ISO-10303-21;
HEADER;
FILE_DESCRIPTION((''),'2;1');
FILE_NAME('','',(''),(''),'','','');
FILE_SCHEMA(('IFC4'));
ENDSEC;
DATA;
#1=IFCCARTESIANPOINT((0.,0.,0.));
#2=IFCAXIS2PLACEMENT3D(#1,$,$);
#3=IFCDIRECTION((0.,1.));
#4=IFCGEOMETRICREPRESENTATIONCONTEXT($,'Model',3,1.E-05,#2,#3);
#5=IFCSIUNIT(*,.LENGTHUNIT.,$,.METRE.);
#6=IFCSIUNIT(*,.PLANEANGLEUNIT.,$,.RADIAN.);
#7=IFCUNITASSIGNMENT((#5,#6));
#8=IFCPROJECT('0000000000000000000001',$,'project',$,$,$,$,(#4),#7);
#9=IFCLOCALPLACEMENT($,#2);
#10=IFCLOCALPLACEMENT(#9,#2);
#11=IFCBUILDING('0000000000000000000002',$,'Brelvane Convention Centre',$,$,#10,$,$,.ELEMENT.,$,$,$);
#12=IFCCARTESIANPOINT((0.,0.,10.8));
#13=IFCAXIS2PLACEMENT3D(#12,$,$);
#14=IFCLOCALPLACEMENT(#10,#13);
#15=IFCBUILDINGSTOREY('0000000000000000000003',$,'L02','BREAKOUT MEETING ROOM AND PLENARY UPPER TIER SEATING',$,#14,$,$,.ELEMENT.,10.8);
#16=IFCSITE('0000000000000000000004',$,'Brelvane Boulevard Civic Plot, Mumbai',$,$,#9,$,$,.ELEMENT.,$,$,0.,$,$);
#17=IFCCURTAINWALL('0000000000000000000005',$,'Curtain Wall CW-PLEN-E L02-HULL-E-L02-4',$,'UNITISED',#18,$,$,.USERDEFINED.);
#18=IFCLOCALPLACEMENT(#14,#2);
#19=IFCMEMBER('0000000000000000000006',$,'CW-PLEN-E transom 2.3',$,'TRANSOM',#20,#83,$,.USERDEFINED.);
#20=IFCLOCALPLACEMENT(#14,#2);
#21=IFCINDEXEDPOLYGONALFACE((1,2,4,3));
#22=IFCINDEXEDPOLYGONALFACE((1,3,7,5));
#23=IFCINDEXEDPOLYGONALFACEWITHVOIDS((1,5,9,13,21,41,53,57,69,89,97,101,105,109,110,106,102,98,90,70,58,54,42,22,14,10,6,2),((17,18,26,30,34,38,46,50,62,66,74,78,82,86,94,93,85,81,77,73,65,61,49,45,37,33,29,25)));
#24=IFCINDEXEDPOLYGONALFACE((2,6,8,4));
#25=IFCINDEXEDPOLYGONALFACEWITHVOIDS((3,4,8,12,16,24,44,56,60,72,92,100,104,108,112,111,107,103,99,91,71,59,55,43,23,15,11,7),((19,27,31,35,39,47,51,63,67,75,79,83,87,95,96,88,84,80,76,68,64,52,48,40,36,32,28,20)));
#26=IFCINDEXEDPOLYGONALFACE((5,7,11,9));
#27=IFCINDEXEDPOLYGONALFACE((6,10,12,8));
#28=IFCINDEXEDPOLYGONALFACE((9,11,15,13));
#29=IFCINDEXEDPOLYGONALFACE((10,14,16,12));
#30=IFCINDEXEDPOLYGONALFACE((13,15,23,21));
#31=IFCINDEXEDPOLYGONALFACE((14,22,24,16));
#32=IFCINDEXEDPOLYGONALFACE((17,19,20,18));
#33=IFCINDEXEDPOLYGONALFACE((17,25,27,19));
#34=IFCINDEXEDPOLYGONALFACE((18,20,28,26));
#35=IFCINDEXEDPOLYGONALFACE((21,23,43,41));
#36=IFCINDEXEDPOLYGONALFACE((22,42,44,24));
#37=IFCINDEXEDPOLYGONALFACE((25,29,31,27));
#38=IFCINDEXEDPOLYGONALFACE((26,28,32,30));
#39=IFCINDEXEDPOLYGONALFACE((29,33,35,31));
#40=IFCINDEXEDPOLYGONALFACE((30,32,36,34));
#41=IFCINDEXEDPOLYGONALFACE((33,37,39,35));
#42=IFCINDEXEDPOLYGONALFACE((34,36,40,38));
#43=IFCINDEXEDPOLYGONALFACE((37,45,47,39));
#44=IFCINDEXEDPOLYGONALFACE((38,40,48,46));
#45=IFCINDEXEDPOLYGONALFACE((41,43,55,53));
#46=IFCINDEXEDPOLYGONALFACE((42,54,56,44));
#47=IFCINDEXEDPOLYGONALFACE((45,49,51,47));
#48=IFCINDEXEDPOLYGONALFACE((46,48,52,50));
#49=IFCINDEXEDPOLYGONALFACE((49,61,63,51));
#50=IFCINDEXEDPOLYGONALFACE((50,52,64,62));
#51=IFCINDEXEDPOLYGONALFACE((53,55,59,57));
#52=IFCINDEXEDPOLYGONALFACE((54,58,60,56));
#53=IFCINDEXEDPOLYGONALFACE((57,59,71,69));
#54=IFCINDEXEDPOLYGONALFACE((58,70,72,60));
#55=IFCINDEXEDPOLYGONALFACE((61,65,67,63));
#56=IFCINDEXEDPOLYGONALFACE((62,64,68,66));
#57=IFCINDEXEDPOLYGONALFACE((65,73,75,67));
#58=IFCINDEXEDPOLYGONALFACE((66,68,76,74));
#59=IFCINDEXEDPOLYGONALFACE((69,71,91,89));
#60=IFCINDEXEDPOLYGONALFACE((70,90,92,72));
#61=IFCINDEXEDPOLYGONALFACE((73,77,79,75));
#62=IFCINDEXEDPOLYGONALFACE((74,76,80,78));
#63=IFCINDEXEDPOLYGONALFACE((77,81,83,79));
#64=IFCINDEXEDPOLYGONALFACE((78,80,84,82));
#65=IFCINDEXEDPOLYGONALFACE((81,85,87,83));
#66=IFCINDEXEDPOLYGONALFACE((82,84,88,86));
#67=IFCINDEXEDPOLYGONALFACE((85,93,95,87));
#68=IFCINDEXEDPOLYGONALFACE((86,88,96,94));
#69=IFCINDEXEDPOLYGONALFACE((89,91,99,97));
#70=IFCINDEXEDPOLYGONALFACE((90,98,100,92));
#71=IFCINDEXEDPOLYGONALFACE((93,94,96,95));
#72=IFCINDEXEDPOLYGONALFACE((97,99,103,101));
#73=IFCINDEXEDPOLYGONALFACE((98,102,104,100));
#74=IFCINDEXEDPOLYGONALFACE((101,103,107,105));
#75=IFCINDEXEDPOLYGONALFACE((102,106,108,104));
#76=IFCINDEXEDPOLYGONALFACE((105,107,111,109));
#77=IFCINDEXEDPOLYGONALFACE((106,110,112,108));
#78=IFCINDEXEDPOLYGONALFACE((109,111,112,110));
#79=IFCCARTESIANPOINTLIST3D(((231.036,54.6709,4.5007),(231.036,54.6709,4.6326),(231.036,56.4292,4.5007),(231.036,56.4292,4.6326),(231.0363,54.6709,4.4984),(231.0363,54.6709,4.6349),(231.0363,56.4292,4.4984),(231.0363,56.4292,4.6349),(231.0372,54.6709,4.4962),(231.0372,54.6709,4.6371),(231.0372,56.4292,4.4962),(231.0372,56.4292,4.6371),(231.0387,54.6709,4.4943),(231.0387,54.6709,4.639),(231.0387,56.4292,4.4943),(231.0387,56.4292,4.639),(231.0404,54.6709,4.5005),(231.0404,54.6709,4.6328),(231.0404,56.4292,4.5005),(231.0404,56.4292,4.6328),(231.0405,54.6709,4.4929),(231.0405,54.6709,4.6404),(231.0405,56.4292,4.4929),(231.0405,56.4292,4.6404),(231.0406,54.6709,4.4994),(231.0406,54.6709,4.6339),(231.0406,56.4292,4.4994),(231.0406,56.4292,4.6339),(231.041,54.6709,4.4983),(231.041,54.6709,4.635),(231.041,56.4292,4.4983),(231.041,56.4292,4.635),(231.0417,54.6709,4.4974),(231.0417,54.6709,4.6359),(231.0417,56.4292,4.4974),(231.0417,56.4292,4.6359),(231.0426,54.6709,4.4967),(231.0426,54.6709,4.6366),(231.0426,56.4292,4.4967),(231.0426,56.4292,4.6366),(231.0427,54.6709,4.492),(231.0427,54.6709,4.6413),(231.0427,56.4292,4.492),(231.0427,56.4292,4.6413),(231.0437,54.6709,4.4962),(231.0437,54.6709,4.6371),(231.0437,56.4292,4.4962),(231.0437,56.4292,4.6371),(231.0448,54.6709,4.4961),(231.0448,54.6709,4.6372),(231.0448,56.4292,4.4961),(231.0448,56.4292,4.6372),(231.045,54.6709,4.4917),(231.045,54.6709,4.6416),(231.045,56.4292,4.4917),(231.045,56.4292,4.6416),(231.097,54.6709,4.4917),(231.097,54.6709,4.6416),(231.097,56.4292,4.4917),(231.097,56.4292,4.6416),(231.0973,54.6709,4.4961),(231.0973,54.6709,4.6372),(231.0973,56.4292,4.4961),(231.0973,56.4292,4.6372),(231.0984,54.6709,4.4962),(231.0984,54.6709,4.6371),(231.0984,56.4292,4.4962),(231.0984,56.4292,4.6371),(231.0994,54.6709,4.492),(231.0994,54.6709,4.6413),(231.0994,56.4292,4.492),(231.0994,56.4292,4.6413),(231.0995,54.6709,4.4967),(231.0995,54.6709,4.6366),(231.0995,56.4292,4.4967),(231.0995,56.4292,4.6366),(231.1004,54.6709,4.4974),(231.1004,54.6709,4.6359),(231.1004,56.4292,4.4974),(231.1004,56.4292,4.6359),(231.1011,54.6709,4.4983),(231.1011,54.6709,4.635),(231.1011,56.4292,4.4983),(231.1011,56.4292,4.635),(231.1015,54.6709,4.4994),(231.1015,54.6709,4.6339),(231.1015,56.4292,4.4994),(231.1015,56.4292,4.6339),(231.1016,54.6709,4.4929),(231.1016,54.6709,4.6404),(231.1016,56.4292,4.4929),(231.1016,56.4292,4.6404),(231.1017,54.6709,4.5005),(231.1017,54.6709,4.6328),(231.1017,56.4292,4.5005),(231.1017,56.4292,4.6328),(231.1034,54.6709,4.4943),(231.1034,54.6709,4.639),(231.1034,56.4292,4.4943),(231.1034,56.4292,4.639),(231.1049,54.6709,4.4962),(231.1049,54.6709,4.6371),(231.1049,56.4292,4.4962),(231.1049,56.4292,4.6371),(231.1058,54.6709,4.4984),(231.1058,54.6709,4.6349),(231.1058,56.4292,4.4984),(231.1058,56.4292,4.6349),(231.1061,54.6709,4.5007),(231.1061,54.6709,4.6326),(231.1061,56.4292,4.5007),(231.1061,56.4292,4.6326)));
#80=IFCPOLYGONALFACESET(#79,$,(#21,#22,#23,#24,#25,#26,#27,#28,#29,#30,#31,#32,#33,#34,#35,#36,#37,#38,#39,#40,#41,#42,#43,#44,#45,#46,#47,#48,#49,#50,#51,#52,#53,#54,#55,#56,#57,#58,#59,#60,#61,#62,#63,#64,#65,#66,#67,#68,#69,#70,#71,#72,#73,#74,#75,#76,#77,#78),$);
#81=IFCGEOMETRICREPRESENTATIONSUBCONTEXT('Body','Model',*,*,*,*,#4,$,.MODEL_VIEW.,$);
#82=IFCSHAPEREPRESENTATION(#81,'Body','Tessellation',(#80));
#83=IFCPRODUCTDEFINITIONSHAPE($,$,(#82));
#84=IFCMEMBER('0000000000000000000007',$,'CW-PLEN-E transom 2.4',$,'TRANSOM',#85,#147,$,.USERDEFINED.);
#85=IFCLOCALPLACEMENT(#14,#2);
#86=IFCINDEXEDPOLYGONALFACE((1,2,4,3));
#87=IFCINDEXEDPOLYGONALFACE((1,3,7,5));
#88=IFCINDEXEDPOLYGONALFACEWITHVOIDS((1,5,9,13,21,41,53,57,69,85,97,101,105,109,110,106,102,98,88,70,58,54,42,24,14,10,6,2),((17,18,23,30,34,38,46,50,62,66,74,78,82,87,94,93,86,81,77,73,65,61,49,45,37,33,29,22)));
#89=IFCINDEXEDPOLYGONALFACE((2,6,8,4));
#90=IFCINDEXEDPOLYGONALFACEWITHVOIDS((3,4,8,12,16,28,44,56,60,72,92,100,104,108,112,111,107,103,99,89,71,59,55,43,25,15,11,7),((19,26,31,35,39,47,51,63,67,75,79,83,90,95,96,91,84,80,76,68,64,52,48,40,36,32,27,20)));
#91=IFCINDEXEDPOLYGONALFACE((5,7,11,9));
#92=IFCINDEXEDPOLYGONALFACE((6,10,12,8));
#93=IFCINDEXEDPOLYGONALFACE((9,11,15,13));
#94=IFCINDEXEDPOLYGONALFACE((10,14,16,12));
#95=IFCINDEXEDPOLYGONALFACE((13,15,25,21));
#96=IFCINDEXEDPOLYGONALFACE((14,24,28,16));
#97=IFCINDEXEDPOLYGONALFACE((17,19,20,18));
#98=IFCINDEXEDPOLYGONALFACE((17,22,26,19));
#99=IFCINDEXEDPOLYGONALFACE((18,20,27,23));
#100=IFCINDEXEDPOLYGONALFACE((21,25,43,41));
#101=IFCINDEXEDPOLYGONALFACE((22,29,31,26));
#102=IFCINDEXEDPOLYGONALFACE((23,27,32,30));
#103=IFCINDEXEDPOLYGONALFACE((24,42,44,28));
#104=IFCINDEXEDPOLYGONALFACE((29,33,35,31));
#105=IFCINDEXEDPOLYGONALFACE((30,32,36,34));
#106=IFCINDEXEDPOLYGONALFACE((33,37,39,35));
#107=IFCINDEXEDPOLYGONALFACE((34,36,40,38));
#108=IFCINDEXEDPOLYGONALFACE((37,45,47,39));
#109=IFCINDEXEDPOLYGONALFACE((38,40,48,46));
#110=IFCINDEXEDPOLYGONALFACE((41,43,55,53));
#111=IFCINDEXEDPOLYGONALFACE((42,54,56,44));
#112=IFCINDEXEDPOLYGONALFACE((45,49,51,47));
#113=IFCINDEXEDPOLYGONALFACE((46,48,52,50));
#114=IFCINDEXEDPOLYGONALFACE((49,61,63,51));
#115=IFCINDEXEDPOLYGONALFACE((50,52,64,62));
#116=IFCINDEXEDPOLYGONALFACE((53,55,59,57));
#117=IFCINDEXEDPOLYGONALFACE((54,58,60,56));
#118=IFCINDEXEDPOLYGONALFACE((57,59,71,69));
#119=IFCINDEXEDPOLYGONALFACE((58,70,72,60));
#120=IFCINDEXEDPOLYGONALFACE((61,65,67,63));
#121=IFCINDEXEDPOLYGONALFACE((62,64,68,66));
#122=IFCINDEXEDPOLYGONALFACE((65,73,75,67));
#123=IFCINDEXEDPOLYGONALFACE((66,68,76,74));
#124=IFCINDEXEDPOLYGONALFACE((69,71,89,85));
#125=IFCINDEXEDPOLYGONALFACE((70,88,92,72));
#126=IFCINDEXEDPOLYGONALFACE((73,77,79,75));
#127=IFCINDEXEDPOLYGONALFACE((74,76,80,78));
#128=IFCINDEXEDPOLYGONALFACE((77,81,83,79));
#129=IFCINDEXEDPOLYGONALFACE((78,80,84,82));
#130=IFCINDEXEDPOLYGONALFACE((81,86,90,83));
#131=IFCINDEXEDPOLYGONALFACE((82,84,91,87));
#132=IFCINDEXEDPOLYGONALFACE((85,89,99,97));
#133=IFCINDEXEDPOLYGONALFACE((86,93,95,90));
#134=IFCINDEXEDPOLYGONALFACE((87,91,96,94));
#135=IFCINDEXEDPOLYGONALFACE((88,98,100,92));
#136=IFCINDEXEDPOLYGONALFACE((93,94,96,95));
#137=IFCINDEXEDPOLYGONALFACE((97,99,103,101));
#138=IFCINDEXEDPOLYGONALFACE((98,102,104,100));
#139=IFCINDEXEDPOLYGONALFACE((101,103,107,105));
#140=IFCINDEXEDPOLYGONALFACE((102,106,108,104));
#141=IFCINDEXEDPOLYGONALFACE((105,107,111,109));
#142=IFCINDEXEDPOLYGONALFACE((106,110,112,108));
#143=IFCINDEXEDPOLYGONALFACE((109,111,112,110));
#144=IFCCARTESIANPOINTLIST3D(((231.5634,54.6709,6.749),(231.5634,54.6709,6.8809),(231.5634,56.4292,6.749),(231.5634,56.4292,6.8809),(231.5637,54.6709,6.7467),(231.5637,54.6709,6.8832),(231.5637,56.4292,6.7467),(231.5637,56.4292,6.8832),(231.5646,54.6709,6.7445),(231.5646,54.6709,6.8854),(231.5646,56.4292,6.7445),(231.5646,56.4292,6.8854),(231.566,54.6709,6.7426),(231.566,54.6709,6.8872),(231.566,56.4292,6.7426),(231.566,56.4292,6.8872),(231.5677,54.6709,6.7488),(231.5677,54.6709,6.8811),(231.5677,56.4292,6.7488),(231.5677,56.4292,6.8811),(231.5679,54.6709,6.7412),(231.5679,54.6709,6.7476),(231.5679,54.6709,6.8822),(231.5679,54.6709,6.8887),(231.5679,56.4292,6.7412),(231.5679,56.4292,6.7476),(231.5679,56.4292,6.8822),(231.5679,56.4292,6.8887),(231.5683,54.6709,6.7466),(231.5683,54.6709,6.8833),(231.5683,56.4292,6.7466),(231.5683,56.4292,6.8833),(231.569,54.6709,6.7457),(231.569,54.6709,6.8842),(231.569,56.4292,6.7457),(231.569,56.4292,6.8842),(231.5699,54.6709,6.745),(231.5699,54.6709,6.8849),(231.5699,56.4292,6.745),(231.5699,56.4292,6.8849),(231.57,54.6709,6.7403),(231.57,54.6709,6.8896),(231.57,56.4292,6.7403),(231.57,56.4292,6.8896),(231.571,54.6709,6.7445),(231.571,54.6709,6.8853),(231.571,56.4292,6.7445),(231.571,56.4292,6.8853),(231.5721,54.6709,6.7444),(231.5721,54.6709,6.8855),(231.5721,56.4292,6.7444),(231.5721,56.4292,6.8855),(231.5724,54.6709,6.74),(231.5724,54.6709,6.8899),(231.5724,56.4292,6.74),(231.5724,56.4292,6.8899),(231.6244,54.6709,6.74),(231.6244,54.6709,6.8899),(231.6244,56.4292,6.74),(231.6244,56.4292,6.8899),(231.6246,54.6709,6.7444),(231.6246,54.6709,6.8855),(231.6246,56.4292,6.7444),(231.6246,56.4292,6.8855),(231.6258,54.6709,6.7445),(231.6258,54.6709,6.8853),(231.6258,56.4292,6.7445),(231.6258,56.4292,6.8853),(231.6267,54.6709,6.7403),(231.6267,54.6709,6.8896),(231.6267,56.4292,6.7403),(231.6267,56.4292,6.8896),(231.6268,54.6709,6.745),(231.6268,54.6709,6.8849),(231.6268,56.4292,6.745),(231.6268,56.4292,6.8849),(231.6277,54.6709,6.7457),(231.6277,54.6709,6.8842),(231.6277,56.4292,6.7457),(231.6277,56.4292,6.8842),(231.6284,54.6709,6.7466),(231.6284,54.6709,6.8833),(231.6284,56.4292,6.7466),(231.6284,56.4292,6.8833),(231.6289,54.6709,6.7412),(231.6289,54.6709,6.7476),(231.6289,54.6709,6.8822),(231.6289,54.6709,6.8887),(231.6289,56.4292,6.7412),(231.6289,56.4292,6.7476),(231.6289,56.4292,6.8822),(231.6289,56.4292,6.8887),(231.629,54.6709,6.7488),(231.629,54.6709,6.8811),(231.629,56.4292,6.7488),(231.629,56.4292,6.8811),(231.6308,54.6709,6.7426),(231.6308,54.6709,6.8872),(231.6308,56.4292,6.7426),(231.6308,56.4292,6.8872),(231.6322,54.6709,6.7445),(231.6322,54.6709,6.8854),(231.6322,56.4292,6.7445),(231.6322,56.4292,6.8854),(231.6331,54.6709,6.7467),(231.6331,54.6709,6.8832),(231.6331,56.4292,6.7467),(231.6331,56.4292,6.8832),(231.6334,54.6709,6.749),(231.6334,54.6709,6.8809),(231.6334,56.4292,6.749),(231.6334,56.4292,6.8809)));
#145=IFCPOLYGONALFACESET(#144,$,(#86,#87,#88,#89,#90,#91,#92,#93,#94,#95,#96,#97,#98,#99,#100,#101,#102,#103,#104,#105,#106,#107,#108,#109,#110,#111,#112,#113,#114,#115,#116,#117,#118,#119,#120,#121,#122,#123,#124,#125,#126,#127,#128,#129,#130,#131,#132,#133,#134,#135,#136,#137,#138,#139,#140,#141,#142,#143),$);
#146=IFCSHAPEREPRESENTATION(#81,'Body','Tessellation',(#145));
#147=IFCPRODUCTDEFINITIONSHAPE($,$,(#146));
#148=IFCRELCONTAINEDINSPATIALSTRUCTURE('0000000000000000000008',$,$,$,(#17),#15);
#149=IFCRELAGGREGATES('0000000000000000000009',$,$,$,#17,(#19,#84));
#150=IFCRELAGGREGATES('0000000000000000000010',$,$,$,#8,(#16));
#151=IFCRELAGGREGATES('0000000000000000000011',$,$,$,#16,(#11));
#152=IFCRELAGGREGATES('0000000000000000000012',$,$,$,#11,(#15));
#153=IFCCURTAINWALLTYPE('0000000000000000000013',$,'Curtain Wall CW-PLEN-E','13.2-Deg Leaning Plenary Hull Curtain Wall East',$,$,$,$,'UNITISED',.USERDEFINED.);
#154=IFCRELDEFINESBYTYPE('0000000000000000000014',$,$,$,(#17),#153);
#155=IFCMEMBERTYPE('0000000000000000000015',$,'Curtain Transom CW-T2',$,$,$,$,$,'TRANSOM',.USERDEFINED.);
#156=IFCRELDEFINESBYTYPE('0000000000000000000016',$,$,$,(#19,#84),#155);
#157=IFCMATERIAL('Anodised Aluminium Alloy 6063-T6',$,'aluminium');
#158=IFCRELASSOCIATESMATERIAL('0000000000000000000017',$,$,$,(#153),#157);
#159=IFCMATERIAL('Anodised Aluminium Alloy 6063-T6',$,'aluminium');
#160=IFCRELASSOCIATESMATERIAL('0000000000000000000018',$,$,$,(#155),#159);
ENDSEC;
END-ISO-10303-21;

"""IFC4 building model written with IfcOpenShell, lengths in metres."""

from ifc_helpers import new_model, si_unit, direction, frame, origin, origin_2d, place, context, subcontext, project, spatial, hollow_rectangle, extrude, material, material_profile, profile_set, type_object, element, aggregate, save


model = new_model("IFC4")

# Units and contexts
model_context = context("Model", 3, precision=1e-05, world=origin(), true_north=direction((0.0, 1.0)))
body_context = subcontext(model_context, "Body", "Model", "MODEL_VIEW")
ifc_project = project(units=[si_unit("LENGTHUNIT", "METRE"), si_unit("PLANEANGLEUNIT", "RADIAN")], contexts=[model_context])

# Site, building, storey
site_placement = place(None, origin())
site = spatial("IfcSite", under=ifc_project, at=site_placement, Name="Brelvane Boulevard Civic Plot, Mumbai", CompositionType="ELEMENT", RefElevation=0.0)
building_placement = place(site_placement, origin())
building = spatial("IfcBuilding", under=site, at=building_placement, Name="Brelvane Convention Centre", CompositionType="ELEMENT")
storey_placement = place(building_placement, frame((0.0, 0.0, 10.8)))
storey = spatial("IfcBuildingStorey", under=building, at=storey_placement, Name="L02", Description="BREAKOUT MEETING ROOM AND PLENARY UPPER TIER SEATING", CompositionType="ELEMENT", Elevation=10.8)

# Curtain wall, members
ifc_material_1 = material(Name="Anodised Aluminium Alloy 6063-T6", Category="aluminium")
curtain_wall_type = type_object("IfcCurtainWallType", Name="Curtain Wall CW-PLEN-E", Description="13.2-Deg Leaning Plenary Hull Curtain Wall East", ElementType="UNITISED", PredefinedType="USERDEFINED", material=ifc_material_1)
curtain_wall_1_placement = place(storey_placement, origin())
curtain_wall_1 = element("IfcCurtainWall", 1, at=curtain_wall_1_placement, inside=storey, type_object=curtain_wall_type, Name="Curtain Wall CW-PLEN-E L02-HULL-E-L02-4", ObjectType="UNITISED", PredefinedType="USERDEFINED")
ifc_material_2 = material(Name="Anodised Aluminium Alloy 6063-T6", Category="aluminium")
ifc_material_profile = material_profile(ifc_material_2, hollow_rectangle(XDim=0.0701, YDim=0.1499, WallThickness=0.0044, InnerFilletRadius=0.0044, OuterFilletRadius=0.009, at=origin_2d()), Name="ALU-T 150x70x4.5")
ifc_profile_set = profile_set([ifc_material_profile], Name="Anodised Aluminium Alloy 6063-T6")
member_type = type_object("IfcMemberType", Name="Curtain Transom CW-T2", ElementType="TRANSOM", PredefinedType="USERDEFINED", material=ifc_profile_set)
member_1_placement = place(storey_placement, frame((231.071, 54.6709, 4.5667), z_axis=(0.0, 1.0, 0.0), x_axis=(-1.0, 0.0, 0.0)))
member_1 = element("IfcMember", 2, at=member_1_placement, type_object=member_type, Name="CW-PLEN-E transom 2.3", ObjectType="TRANSOM", PredefinedType="USERDEFINED", context=body_context, shape_type="SweptSolid", body=[
    extrude(hollow_rectangle(XDim=0.0701, YDim=0.1499, WallThickness=0.0044, InnerFilletRadius=0.0044, OuterFilletRadius=0.009, at=origin_2d()), origin(), (0.0, 0.0, 1.0), 1.7583),
])
member_2_placement = place(storey_placement, frame((231.5984, 54.6709, 6.8149), z_axis=(0.0, 1.0, 0.0), x_axis=(-1.0, 0.0, 0.0)))
member_2 = element("IfcMember", 3, at=member_2_placement, type_object=member_type, Name="CW-PLEN-E transom 2.4", ObjectType="TRANSOM", PredefinedType="USERDEFINED", context=body_context, shape_type="SweptSolid", body=[
    extrude(hollow_rectangle(XDim=0.0701, YDim=0.1499, WallThickness=0.0044, InnerFilletRadius=0.0044, OuterFilletRadius=0.009, at=origin_2d()), origin(), (0.0, 0.0, 1.0), 1.7583),
])

aggregate(curtain_wall_1, [member_1, member_2])

save(model, "model.ifc")
